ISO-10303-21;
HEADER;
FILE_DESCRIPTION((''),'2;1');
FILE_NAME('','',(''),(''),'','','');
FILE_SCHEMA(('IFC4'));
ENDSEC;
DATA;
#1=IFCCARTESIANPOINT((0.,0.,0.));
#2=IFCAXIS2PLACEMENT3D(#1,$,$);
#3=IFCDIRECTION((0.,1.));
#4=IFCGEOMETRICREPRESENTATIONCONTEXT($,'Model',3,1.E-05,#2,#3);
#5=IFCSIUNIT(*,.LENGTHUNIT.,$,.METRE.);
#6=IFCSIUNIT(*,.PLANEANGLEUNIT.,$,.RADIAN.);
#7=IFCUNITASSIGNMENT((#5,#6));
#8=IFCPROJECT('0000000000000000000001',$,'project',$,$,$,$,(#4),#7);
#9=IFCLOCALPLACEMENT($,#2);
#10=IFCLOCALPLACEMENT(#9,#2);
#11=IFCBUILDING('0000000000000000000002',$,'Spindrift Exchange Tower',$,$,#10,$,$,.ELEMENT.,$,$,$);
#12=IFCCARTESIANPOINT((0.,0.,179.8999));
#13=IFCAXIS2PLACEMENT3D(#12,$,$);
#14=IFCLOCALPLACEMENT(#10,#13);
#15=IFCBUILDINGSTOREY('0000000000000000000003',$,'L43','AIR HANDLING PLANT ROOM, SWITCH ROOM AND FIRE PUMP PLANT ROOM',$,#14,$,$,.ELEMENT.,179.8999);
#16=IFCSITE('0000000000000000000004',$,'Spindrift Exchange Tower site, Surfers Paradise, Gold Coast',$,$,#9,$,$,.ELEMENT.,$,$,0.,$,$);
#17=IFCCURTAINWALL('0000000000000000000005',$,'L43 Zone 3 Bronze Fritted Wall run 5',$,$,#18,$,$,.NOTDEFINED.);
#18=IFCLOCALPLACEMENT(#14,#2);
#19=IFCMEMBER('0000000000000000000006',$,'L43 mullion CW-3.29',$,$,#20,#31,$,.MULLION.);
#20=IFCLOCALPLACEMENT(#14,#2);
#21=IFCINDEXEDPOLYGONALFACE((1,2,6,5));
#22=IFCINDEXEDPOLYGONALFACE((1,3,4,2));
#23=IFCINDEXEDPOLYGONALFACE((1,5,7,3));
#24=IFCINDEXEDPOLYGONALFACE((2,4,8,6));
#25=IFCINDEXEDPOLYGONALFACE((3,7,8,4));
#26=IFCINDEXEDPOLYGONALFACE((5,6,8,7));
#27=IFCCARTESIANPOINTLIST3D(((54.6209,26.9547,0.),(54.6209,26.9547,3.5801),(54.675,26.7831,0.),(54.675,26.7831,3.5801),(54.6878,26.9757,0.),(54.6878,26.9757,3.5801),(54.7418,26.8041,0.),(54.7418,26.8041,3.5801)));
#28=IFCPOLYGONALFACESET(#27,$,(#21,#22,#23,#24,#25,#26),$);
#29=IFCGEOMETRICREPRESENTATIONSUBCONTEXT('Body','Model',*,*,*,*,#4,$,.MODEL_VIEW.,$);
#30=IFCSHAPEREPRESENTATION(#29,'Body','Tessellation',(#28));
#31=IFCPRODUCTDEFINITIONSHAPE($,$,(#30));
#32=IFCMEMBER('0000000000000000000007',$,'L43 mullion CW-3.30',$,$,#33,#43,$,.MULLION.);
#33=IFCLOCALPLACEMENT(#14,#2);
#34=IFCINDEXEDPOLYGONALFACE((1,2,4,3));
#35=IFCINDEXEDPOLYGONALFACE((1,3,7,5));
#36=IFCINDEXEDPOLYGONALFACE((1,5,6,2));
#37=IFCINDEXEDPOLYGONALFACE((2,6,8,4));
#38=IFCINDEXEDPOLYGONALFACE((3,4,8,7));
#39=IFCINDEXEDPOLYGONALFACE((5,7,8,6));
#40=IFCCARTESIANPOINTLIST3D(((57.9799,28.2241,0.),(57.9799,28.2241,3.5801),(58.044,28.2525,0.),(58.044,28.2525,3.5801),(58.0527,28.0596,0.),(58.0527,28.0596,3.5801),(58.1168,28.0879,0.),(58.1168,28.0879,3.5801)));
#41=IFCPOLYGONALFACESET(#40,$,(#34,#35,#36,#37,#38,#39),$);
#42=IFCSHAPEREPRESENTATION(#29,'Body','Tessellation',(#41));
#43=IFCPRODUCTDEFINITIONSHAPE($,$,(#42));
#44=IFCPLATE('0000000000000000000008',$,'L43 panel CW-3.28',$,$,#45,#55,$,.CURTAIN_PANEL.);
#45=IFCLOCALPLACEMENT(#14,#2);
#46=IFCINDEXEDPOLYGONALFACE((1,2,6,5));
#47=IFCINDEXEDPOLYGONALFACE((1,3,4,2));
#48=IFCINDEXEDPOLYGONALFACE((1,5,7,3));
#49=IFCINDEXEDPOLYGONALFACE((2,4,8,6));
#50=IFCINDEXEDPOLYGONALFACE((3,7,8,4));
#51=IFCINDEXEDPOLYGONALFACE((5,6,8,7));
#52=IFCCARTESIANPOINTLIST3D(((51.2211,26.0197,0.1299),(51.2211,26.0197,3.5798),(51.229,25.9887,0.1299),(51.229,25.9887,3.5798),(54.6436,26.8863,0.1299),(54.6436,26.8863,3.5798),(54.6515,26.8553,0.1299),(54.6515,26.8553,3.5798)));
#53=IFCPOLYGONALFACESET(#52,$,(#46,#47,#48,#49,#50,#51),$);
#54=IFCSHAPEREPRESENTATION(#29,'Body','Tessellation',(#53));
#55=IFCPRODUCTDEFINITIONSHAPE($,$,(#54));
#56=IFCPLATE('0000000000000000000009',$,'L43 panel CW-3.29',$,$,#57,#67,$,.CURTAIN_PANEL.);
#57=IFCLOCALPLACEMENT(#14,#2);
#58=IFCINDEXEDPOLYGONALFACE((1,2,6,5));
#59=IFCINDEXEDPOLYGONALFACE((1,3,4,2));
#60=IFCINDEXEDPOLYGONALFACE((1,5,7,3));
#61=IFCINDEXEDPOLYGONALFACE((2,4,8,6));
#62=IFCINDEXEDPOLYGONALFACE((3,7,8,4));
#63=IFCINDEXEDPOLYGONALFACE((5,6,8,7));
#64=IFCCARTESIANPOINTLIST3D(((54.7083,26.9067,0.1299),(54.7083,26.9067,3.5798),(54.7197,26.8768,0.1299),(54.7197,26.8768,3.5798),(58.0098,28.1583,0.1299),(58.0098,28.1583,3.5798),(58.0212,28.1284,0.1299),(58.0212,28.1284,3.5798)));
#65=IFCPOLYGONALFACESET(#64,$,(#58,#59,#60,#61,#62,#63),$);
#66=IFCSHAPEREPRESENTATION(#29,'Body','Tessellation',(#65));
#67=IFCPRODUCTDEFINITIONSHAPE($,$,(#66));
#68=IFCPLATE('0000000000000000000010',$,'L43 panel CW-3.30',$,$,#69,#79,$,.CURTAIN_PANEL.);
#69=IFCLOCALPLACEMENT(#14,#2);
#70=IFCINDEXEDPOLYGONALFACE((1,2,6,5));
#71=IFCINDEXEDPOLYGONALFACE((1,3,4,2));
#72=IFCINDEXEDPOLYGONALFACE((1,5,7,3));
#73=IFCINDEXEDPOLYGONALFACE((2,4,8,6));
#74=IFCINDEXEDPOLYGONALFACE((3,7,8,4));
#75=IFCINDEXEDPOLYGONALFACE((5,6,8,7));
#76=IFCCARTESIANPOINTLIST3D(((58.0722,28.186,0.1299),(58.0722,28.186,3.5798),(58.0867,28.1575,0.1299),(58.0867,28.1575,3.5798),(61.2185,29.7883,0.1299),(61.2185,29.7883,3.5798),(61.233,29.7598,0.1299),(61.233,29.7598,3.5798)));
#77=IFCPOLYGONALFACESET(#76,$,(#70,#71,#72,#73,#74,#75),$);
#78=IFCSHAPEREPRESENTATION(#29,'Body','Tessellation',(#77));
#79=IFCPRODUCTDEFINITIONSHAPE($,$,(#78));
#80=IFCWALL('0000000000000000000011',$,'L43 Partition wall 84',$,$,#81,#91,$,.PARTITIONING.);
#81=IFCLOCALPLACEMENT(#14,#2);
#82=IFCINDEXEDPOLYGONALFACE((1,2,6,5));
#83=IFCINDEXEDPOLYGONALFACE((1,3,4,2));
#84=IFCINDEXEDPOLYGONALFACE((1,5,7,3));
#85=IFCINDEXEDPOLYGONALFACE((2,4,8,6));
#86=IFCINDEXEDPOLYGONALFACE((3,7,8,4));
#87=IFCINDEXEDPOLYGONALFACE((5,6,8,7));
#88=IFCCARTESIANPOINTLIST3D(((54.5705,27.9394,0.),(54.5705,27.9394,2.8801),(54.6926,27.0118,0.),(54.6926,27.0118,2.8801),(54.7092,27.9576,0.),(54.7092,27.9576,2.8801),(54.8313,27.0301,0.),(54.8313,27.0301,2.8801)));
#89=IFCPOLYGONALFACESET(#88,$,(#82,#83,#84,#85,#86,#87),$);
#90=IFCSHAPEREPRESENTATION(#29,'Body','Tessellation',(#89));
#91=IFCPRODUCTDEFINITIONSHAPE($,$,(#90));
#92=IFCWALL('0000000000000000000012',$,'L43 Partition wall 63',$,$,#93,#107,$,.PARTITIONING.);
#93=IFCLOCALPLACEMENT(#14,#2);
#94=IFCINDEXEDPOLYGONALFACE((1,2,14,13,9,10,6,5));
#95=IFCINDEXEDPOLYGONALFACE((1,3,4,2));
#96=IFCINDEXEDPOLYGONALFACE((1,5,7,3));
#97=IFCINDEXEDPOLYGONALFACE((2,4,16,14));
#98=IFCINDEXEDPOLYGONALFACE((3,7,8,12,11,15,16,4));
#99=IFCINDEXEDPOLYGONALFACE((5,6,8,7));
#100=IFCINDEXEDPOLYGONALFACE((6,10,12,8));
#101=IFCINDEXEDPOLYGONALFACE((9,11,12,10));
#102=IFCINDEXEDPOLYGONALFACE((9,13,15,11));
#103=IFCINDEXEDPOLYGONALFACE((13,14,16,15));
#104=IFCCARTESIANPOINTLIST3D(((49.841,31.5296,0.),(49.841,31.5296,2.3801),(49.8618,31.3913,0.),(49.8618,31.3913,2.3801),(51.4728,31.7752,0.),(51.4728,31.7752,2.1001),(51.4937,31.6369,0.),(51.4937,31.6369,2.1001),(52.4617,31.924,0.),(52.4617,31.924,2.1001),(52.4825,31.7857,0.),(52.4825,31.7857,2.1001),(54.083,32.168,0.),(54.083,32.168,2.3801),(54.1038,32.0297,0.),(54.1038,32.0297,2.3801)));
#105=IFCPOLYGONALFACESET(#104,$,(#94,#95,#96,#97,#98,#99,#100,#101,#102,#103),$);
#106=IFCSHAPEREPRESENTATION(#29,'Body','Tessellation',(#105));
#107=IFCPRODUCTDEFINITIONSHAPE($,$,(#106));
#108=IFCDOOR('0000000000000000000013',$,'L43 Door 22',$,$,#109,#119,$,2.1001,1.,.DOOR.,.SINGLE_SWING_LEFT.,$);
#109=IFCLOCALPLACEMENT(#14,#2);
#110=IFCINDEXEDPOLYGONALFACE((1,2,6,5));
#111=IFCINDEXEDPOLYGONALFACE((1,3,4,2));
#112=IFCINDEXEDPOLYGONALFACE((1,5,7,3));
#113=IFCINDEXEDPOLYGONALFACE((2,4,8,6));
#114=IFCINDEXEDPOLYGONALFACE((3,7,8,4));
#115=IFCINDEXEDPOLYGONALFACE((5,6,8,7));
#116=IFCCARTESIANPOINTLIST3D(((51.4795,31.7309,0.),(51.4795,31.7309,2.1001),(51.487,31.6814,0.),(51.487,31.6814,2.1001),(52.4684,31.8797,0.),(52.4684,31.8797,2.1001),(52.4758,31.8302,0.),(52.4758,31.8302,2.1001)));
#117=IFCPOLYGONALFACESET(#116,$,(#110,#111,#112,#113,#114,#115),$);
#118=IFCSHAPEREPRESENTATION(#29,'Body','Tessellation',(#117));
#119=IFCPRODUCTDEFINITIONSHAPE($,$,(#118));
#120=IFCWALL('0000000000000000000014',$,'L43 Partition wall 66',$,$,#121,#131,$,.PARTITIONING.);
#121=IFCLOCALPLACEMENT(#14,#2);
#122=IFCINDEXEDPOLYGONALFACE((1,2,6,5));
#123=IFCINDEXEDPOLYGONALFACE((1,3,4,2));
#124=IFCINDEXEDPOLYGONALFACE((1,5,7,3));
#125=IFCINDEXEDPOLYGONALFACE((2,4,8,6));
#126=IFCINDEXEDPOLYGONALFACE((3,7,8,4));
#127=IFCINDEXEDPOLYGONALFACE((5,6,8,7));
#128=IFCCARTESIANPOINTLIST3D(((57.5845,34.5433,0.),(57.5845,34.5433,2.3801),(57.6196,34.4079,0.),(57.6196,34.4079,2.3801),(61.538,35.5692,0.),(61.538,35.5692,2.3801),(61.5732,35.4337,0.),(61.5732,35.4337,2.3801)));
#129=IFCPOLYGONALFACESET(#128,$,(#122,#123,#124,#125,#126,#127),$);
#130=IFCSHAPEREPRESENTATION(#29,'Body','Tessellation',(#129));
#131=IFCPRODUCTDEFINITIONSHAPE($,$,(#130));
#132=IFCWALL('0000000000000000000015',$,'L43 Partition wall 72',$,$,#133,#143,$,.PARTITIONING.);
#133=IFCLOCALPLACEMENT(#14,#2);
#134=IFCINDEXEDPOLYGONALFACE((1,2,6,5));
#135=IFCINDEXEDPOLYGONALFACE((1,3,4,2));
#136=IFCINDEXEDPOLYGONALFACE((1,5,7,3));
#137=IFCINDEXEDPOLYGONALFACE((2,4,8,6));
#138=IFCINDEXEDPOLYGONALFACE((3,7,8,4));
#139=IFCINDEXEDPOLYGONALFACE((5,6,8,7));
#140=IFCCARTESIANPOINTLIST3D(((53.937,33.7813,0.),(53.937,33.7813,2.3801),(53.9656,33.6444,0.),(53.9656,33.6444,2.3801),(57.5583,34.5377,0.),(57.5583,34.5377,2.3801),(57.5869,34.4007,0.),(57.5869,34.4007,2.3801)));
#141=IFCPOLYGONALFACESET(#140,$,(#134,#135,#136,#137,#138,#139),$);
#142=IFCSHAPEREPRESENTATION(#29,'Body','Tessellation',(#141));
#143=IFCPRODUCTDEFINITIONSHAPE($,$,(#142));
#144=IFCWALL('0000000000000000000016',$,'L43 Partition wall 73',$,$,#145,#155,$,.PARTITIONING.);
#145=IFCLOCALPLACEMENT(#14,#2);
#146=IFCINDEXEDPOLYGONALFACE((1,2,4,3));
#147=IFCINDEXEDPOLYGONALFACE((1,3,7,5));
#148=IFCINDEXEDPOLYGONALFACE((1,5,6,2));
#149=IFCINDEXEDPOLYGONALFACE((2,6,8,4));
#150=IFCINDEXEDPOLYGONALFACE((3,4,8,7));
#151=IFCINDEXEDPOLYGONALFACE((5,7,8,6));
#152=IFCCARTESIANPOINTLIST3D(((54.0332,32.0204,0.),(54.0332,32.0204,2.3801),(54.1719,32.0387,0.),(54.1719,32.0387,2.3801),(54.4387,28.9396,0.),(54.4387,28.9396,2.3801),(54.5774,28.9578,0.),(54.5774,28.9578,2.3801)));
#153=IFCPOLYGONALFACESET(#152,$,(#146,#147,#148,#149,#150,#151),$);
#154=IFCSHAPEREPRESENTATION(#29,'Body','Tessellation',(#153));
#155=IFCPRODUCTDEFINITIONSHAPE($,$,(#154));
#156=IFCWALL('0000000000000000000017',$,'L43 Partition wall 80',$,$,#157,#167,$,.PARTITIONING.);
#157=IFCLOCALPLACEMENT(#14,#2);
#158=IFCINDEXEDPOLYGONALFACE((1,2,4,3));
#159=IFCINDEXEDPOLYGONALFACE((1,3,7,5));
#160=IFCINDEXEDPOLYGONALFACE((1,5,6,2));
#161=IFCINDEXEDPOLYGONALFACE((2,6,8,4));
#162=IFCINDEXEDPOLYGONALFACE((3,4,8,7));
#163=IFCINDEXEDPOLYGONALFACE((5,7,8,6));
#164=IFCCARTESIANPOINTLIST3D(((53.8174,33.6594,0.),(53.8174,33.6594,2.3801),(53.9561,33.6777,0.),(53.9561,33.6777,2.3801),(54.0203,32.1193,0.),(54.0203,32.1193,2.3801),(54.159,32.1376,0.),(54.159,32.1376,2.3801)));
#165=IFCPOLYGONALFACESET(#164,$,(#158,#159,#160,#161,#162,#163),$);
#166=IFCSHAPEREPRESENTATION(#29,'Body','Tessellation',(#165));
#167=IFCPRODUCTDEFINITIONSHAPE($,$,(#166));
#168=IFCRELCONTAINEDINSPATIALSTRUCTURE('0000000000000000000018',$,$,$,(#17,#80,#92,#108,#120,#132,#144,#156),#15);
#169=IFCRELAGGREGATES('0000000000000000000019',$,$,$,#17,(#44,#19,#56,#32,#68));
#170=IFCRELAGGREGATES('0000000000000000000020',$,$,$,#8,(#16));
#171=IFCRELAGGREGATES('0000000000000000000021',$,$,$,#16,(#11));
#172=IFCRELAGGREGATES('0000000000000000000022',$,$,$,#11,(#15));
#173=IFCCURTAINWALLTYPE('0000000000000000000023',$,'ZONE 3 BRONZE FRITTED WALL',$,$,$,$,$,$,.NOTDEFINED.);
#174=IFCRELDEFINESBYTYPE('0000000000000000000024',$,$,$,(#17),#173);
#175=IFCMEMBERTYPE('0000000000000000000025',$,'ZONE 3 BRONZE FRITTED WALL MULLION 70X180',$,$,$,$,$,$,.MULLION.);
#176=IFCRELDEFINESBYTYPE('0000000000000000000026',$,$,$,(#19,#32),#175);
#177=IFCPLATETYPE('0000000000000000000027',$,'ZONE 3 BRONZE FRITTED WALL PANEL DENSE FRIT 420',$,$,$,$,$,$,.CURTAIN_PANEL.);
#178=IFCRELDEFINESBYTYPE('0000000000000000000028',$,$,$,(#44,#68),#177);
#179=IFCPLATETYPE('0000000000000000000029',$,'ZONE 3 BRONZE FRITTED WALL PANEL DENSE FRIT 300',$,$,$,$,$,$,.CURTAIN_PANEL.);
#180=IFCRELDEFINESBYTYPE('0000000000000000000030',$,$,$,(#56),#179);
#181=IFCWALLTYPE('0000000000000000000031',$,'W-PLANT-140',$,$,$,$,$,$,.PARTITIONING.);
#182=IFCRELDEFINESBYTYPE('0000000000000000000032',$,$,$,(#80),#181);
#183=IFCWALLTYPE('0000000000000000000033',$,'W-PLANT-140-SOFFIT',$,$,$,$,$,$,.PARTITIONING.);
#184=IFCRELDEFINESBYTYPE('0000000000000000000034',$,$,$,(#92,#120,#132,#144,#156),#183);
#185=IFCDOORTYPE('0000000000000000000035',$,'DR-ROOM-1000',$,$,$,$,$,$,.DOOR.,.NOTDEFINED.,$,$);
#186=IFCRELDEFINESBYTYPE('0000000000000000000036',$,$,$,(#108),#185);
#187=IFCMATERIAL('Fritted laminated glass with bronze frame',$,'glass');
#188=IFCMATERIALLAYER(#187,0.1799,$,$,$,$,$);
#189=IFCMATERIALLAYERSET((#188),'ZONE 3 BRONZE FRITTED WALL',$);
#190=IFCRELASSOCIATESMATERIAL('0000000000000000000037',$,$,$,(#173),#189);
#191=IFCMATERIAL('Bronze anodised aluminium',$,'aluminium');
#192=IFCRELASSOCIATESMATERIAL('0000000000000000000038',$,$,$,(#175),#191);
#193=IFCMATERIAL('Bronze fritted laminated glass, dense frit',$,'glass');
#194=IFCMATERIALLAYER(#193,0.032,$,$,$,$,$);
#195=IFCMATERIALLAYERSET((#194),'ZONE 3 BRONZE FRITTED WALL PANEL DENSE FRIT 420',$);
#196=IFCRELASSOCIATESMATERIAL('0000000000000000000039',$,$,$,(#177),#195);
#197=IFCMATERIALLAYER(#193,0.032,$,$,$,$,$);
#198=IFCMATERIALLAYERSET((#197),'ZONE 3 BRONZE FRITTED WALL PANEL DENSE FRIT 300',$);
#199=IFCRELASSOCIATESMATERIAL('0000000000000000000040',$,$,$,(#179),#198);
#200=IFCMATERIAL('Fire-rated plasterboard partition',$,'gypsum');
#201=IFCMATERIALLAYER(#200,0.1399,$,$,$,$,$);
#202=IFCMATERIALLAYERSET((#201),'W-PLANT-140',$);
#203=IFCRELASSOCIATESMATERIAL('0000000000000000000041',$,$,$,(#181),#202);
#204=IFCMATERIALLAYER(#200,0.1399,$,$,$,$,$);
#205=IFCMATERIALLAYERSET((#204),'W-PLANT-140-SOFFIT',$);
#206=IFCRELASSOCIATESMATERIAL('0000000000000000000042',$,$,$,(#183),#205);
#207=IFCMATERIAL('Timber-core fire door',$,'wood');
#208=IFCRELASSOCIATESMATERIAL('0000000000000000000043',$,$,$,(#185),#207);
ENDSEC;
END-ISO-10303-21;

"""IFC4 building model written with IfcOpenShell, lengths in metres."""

from ifc_helpers import new_model, si_unit, direction, frame, frame_2d, origin, origin_2d, place, context, subcontext, project, spatial, rectangle, extrude, source, transform, mapped, material, layer, layer_set, material_profile, profile_set, type_object, element, fill, aggregate, save


model = new_model("IFC4")

# Units and contexts
model_context = context("Model", 3, precision=1e-05, world=origin(), true_north=direction((0.0, 1.0)))
body_context = subcontext(model_context, "Body", "Model", "MODEL_VIEW")
ifc_project = project(units=[si_unit("LENGTHUNIT", "METRE"), si_unit("PLANEANGLEUNIT", "RADIAN")], contexts=[model_context])

# Site, building, storey
site_placement = place(None, origin())
site = spatial("IfcSite", under=ifc_project, at=site_placement, Name="Spindrift Exchange Tower site, Surfers Paradise, Gold Coast", CompositionType="ELEMENT", RefElevation=0.0)
building_placement = place(site_placement, origin())
building = spatial("IfcBuilding", under=site, at=building_placement, Name="Spindrift Exchange Tower", CompositionType="ELEMENT")
storey_placement = place(building_placement, frame((0.0, 0.0, 179.8999)))
storey = spatial("IfcBuildingStorey", under=building, at=storey_placement, Name="L43", Description="AIR HANDLING PLANT ROOM, SWITCH ROOM AND FIRE PUMP PLANT ROOM", CompositionType="ELEMENT", Elevation=179.8999)

# Curtain wall, members, plates
ifc_material_1 = material(Name="Fritted laminated glass with bronze frame", Category="glass")
ifc_layer_1 = layer(ifc_material_1, 0.1799)
ifc_layer_set_1 = layer_set([ifc_layer_1], Name="ZONE 3 BRONZE FRITTED WALL")
curtain_wall_type = type_object("IfcCurtainWallType", Name="ZONE 3 BRONZE FRITTED WALL", PredefinedType="NOTDEFINED", material=ifc_layer_set_1)
curtain_wall_placement = place(storey_placement, origin())
curtain_wall = element("IfcCurtainWall", 1, at=curtain_wall_placement, inside=storey, type_object=curtain_wall_type, Name="L43 Zone 3 Bronze Fritted Wall run 5", PredefinedType="NOTDEFINED")
ifc_material_2 = material(Name="Bronze anodised aluminium", Category="aluminium")
ifc_material_profile_1 = material_profile(ifc_material_2, rectangle(XDim=0.0701, YDim=0.1799, at=origin_2d()), Name="ZONE 3 BRONZE FRITTED WALL MULLION 70X180")
ifc_profile_set_1 = profile_set([ifc_material_profile_1], Name="Bronze anodised aluminium")
member_type_1 = type_object("IfcMemberType", Name="ZONE 3 BRONZE FRITTED WALL MULLION 70X180", PredefinedType="MULLION", material=ifc_profile_set_1)
shared_shape_1 = source(origin(), body_context, "Body", "SweptSolid", [
    extrude(rectangle(XDim=0.0701, YDim=0.1799, at=origin_2d()), origin(), (0.0, 0.0, 1.0), 3.5801),
])
member_1_placement = place(storey_placement, frame((54.6814, 26.8794, 0.0), z_axis=(0.0, 0.0, 1.0), x_axis=(0.953792, 0.300468, 0.0)))
member_1 = element("IfcMember", 2, at=member_1_placement, type_object=member_type_1, Name="L43 mullion CW-3.29", PredefinedType="MULLION", context=body_context, shape_type="MappedRepresentation", body=[
    mapped(shared_shape_1, transform((0.0, 0.0, 0.0), scale=1.0)),
])
member_2_placement = place(storey_placement, frame((58.0483, 28.156, 0.0), z_axis=(0.0, 0.0, 1.0), x_axis=(0.914435, 0.404734, 0.0)))
member_2 = element("IfcMember", 3, at=member_2_placement, type_object=member_type_1, Name="L43 mullion CW-3.30", PredefinedType="MULLION", context=body_context, shape_type="MappedRepresentation", body=[
    mapped(shared_shape_1, transform((0.0, 0.0, 0.0), scale=1.0)),
])
ifc_material_3 = material(Name="Bronze fritted laminated glass, dense frit", Category="glass")
ifc_layer_2 = layer(ifc_material_3, 0.032)
ifc_layer_set_2 = layer_set([ifc_layer_2], Name="ZONE 3 BRONZE FRITTED WALL PANEL DENSE FRIT 420")
plate_type_1 = type_object("IfcPlateType", Name="ZONE 3 BRONZE FRITTED WALL PANEL DENSE FRIT 420", PredefinedType="CURTAIN_PANEL", material=ifc_layer_set_2)
shared_shape_2 = source(origin(), body_context, "Body", "SweptSolid", [
    extrude(rectangle(XDim=3.5305, YDim=0.032, at=origin_2d()), origin(), (0.0, 0.0, 1.0), 3.45),
])
plate_1_placement = place(storey_placement, frame((52.9363, 26.4375, 0.1299), z_axis=(0.0, 0.0, 1.0), x_axis=(0.969405, 0.245468, 0.0)))
plate_1 = element("IfcPlate", 4, at=plate_1_placement, type_object=plate_type_1, Name="L43 panel CW-3.28", PredefinedType="CURTAIN_PANEL", context=body_context, shape_type="MappedRepresentation", body=[
    mapped(shared_shape_2, transform((0.0, 0.0, 0.0), scale=1.0)),
])
ifc_layer_3 = layer(ifc_material_3, 0.032)
ifc_layer_set_3 = layer_set([ifc_layer_3], Name="ZONE 3 BRONZE FRITTED WALL PANEL DENSE FRIT 300")
plate_type_2 = type_object("IfcPlateType", Name="ZONE 3 BRONZE FRITTED WALL PANEL DENSE FRIT 300", PredefinedType="CURTAIN_PANEL", material=ifc_layer_set_3)
shared_shape_3 = source(origin(), body_context, "Body", "SweptSolid", [
    extrude(rectangle(XDim=3.5308, YDim=0.032, at=origin_2d()), origin(), (0.0, 0.0, 1.0), 3.45),
])
plate_2_placement = place(storey_placement, frame((56.3647, 27.5176, 0.1299), z_axis=(0.0, 0.0, 1.0), x_axis=(0.935062, 0.354484, 0.0)))
plate_2 = element("IfcPlate", 5, at=plate_2_placement, type_object=plate_type_2, Name="L43 panel CW-3.29", PredefinedType="CURTAIN_PANEL", context=body_context, shape_type="MappedRepresentation", body=[
    mapped(shared_shape_3, transform((0.0, 0.0, 0.0), scale=1.0)),
])
shared_shape_4 = source(origin(), body_context, "Body", "SweptSolid", [
    extrude(rectangle(XDim=3.5308, YDim=0.032, at=origin_2d()), origin(), (0.0, 0.0, 1.0), 3.45),
])
plate_3_placement = place(storey_placement, frame((59.6526, 28.9729, 0.1299), z_axis=(0.0, 0.0, 1.0), x_axis=(0.89111, 0.453788, 0.0)))
plate_3 = element("IfcPlate", 6, at=plate_3_placement, type_object=plate_type_1, Name="L43 panel CW-3.30", PredefinedType="CURTAIN_PANEL", context=body_context, shape_type="MappedRepresentation", body=[
    mapped(shared_shape_4, transform((0.0, 0.0, 0.0), scale=1.0)),
])
aggregate(curtain_wall, [plate_1, member_1, plate_2, member_2, plate_3])

# Wall
ifc_material_4 = material(Name="Fire-rated plasterboard partition", Category="gypsum")
ifc_layer_4 = layer(ifc_material_4, 0.1399)
ifc_layer_set_4 = layer_set([ifc_layer_4], Name="W-PLANT-140")
wall_type_1 = type_object("IfcWallType", Name="W-PLANT-140", PredefinedType="PARTITIONING", material=ifc_layer_set_4)
wall_1_placement = place(storey_placement, frame((54.6399, 27.9485, 0.0), z_axis=(0.0, 0.0, 1.0), x_axis=(0.130488, -0.99145, 0.0)))
element("IfcWall", 7, at=wall_1_placement, inside=storey, type_object=wall_type_1, Name="L43 Partition wall 84", PredefinedType="PARTITIONING", context=body_context, shape_type="SweptSolid", body=[
    extrude(rectangle(XDim=0.9355, YDim=0.1399, at=frame_2d((0.4678, 0.0))), origin(), (0.0, 0.0, 1.0), 2.8801),
])

# Wall, opening, door
ifc_layer_5 = layer(ifc_material_4, 0.1399)
ifc_layer_set_5 = layer_set([ifc_layer_5], Name="W-PLANT-140-SOFFIT")
wall_type_2 = type_object("IfcWallType", Name="W-PLANT-140-SOFFIT", PredefinedType="PARTITIONING", material=ifc_layer_set_5)
wall_2_placement = place(storey_placement, frame((54.0935, 32.0989, 0.0), z_axis=(0.0, 0.0, 1.0), x_axis=(-0.988863, -0.148827, 0.0)))
wall_2 = element("IfcWall", 8, at=wall_2_placement, inside=storey, type_object=wall_type_2, Name="L43 Partition wall 63", PredefinedType="PARTITIONING", context=body_context, shape_type="SweptSolid", body=[
    extrude(rectangle(XDim=4.2898, YDim=0.1399, at=frame_2d((2.145, 0.0))), origin(), (0.0, 0.0, 1.0), 2.3801),
])
opening_placement = place(wall_2_placement, frame((1.6396, 0.0, 0.0)))
opening = element("IfcOpeningElement", 9, at=opening_placement, cuts=wall_2, PredefinedType="OPENING", context=body_context, shape_type="SweptSolid", body=[
    extrude(rectangle(XDim=1.0, YDim=2.1001, at=frame_2d((0.5, 1.05))), frame((0.0, 0.0798, 0.0), z_axis=(0.0, -1.0, 0.0), x_axis=(1.0, 0.0, 0.0)), (0.0, 0.0, 1.0), 0.1599),
])
ifc_material_5 = material(Name="Timber-core fire door", Category="wood")
door_type = type_object("IfcDoorType", Name="DR-ROOM-1000", OperationType="NOTDEFINED", PredefinedType="DOOR", material=ifc_material_5)
shared_shape_5 = source(origin(), body_context, "Body", "SweptSolid", [
    extrude(rectangle(XDim=1.0, YDim=2.1001, at=frame_2d((0.5, 1.05))), frame((0.0, 0.0249, 0.0), z_axis=(0.0, -1.0, 0.0), x_axis=(1.0, 0.0, 0.0)), (0.0, 0.0, 1.0), 0.05),
])
door_placement = place(opening_placement, origin())
door = element("IfcDoor", 10, at=door_placement, inside=storey, type_object=door_type, Name="L43 Door 22", OperationType="SINGLE_SWING_LEFT", OverallHeight=2.1001, OverallWidth=1.0, PredefinedType="DOOR", context=body_context, shape_type="MappedRepresentation", body=[
    mapped(shared_shape_5, transform((0.0, 0.0, 0.0), scale=1.0)),
])
fill(opening, door)

# Walls
wall_3_placement = place(storey_placement, frame((57.6021, 34.4756, 0.0), z_axis=(0.0, 0.0, 1.0), x_axis=(0.967945, 0.251161, 0.0)))
element("IfcWall", 11, at=wall_3_placement, inside=storey, type_object=wall_type_2, Name="L43 Partition wall 66", PredefinedType="PARTITIONING", context=body_context, shape_type="SweptSolid", body=[
    extrude(rectangle(XDim=4.0845, YDim=0.1399, at=frame_2d((2.0422, 0.0))), origin(), (0.0, 0.0, 1.0), 2.3801),
])
wall_4_placement = place(storey_placement, frame((53.9514, 33.7129, 0.0), z_axis=(0.0, 0.0, 1.0), x_axis=(0.978878, 0.204447, 0.0)))
element("IfcWall", 12, at=wall_4_placement, inside=storey, type_object=wall_type_2, Name="L43 Partition wall 72", PredefinedType="PARTITIONING", context=body_context, shape_type="SweptSolid", body=[
    extrude(rectangle(XDim=3.6995, YDim=0.1399, at=frame_2d((1.8496, 0.0))), origin(), (0.0, 0.0, 1.0), 2.3801),
])
wall_5_placement = place(storey_placement, frame((54.1025, 32.0295, 0.0), z_axis=(0.0, 0.0, 1.0), x_axis=(0.130501, -0.991448, 0.0)))
element("IfcWall", 13, at=wall_5_placement, inside=storey, type_object=wall_type_2, Name="L43 Partition wall 73", PredefinedType="PARTITIONING", context=body_context, shape_type="SweptSolid", body=[
    extrude(rectangle(XDim=3.1074, YDim=0.1399, at=frame_2d((1.5537, 0.0))), origin(), (0.0, 0.0, 1.0), 2.3801),
])
wall_6_placement = place(storey_placement, frame((53.8867, 33.6687, 0.0), z_axis=(0.0, 0.0, 1.0), x_axis=(0.130609, -0.991434, 0.0)))
element("IfcWall", 14, at=wall_6_placement, inside=storey, type_object=wall_type_2, Name="L43 Partition wall 80", PredefinedType="PARTITIONING", context=body_context, shape_type="SweptSolid", body=[
    extrude(rectangle(XDim=1.5535, YDim=0.1399, at=frame_2d((0.7769, 0.0))), origin(), (0.0, 0.0, 1.0), 2.3801),
])

save(model, "model.ifc")
